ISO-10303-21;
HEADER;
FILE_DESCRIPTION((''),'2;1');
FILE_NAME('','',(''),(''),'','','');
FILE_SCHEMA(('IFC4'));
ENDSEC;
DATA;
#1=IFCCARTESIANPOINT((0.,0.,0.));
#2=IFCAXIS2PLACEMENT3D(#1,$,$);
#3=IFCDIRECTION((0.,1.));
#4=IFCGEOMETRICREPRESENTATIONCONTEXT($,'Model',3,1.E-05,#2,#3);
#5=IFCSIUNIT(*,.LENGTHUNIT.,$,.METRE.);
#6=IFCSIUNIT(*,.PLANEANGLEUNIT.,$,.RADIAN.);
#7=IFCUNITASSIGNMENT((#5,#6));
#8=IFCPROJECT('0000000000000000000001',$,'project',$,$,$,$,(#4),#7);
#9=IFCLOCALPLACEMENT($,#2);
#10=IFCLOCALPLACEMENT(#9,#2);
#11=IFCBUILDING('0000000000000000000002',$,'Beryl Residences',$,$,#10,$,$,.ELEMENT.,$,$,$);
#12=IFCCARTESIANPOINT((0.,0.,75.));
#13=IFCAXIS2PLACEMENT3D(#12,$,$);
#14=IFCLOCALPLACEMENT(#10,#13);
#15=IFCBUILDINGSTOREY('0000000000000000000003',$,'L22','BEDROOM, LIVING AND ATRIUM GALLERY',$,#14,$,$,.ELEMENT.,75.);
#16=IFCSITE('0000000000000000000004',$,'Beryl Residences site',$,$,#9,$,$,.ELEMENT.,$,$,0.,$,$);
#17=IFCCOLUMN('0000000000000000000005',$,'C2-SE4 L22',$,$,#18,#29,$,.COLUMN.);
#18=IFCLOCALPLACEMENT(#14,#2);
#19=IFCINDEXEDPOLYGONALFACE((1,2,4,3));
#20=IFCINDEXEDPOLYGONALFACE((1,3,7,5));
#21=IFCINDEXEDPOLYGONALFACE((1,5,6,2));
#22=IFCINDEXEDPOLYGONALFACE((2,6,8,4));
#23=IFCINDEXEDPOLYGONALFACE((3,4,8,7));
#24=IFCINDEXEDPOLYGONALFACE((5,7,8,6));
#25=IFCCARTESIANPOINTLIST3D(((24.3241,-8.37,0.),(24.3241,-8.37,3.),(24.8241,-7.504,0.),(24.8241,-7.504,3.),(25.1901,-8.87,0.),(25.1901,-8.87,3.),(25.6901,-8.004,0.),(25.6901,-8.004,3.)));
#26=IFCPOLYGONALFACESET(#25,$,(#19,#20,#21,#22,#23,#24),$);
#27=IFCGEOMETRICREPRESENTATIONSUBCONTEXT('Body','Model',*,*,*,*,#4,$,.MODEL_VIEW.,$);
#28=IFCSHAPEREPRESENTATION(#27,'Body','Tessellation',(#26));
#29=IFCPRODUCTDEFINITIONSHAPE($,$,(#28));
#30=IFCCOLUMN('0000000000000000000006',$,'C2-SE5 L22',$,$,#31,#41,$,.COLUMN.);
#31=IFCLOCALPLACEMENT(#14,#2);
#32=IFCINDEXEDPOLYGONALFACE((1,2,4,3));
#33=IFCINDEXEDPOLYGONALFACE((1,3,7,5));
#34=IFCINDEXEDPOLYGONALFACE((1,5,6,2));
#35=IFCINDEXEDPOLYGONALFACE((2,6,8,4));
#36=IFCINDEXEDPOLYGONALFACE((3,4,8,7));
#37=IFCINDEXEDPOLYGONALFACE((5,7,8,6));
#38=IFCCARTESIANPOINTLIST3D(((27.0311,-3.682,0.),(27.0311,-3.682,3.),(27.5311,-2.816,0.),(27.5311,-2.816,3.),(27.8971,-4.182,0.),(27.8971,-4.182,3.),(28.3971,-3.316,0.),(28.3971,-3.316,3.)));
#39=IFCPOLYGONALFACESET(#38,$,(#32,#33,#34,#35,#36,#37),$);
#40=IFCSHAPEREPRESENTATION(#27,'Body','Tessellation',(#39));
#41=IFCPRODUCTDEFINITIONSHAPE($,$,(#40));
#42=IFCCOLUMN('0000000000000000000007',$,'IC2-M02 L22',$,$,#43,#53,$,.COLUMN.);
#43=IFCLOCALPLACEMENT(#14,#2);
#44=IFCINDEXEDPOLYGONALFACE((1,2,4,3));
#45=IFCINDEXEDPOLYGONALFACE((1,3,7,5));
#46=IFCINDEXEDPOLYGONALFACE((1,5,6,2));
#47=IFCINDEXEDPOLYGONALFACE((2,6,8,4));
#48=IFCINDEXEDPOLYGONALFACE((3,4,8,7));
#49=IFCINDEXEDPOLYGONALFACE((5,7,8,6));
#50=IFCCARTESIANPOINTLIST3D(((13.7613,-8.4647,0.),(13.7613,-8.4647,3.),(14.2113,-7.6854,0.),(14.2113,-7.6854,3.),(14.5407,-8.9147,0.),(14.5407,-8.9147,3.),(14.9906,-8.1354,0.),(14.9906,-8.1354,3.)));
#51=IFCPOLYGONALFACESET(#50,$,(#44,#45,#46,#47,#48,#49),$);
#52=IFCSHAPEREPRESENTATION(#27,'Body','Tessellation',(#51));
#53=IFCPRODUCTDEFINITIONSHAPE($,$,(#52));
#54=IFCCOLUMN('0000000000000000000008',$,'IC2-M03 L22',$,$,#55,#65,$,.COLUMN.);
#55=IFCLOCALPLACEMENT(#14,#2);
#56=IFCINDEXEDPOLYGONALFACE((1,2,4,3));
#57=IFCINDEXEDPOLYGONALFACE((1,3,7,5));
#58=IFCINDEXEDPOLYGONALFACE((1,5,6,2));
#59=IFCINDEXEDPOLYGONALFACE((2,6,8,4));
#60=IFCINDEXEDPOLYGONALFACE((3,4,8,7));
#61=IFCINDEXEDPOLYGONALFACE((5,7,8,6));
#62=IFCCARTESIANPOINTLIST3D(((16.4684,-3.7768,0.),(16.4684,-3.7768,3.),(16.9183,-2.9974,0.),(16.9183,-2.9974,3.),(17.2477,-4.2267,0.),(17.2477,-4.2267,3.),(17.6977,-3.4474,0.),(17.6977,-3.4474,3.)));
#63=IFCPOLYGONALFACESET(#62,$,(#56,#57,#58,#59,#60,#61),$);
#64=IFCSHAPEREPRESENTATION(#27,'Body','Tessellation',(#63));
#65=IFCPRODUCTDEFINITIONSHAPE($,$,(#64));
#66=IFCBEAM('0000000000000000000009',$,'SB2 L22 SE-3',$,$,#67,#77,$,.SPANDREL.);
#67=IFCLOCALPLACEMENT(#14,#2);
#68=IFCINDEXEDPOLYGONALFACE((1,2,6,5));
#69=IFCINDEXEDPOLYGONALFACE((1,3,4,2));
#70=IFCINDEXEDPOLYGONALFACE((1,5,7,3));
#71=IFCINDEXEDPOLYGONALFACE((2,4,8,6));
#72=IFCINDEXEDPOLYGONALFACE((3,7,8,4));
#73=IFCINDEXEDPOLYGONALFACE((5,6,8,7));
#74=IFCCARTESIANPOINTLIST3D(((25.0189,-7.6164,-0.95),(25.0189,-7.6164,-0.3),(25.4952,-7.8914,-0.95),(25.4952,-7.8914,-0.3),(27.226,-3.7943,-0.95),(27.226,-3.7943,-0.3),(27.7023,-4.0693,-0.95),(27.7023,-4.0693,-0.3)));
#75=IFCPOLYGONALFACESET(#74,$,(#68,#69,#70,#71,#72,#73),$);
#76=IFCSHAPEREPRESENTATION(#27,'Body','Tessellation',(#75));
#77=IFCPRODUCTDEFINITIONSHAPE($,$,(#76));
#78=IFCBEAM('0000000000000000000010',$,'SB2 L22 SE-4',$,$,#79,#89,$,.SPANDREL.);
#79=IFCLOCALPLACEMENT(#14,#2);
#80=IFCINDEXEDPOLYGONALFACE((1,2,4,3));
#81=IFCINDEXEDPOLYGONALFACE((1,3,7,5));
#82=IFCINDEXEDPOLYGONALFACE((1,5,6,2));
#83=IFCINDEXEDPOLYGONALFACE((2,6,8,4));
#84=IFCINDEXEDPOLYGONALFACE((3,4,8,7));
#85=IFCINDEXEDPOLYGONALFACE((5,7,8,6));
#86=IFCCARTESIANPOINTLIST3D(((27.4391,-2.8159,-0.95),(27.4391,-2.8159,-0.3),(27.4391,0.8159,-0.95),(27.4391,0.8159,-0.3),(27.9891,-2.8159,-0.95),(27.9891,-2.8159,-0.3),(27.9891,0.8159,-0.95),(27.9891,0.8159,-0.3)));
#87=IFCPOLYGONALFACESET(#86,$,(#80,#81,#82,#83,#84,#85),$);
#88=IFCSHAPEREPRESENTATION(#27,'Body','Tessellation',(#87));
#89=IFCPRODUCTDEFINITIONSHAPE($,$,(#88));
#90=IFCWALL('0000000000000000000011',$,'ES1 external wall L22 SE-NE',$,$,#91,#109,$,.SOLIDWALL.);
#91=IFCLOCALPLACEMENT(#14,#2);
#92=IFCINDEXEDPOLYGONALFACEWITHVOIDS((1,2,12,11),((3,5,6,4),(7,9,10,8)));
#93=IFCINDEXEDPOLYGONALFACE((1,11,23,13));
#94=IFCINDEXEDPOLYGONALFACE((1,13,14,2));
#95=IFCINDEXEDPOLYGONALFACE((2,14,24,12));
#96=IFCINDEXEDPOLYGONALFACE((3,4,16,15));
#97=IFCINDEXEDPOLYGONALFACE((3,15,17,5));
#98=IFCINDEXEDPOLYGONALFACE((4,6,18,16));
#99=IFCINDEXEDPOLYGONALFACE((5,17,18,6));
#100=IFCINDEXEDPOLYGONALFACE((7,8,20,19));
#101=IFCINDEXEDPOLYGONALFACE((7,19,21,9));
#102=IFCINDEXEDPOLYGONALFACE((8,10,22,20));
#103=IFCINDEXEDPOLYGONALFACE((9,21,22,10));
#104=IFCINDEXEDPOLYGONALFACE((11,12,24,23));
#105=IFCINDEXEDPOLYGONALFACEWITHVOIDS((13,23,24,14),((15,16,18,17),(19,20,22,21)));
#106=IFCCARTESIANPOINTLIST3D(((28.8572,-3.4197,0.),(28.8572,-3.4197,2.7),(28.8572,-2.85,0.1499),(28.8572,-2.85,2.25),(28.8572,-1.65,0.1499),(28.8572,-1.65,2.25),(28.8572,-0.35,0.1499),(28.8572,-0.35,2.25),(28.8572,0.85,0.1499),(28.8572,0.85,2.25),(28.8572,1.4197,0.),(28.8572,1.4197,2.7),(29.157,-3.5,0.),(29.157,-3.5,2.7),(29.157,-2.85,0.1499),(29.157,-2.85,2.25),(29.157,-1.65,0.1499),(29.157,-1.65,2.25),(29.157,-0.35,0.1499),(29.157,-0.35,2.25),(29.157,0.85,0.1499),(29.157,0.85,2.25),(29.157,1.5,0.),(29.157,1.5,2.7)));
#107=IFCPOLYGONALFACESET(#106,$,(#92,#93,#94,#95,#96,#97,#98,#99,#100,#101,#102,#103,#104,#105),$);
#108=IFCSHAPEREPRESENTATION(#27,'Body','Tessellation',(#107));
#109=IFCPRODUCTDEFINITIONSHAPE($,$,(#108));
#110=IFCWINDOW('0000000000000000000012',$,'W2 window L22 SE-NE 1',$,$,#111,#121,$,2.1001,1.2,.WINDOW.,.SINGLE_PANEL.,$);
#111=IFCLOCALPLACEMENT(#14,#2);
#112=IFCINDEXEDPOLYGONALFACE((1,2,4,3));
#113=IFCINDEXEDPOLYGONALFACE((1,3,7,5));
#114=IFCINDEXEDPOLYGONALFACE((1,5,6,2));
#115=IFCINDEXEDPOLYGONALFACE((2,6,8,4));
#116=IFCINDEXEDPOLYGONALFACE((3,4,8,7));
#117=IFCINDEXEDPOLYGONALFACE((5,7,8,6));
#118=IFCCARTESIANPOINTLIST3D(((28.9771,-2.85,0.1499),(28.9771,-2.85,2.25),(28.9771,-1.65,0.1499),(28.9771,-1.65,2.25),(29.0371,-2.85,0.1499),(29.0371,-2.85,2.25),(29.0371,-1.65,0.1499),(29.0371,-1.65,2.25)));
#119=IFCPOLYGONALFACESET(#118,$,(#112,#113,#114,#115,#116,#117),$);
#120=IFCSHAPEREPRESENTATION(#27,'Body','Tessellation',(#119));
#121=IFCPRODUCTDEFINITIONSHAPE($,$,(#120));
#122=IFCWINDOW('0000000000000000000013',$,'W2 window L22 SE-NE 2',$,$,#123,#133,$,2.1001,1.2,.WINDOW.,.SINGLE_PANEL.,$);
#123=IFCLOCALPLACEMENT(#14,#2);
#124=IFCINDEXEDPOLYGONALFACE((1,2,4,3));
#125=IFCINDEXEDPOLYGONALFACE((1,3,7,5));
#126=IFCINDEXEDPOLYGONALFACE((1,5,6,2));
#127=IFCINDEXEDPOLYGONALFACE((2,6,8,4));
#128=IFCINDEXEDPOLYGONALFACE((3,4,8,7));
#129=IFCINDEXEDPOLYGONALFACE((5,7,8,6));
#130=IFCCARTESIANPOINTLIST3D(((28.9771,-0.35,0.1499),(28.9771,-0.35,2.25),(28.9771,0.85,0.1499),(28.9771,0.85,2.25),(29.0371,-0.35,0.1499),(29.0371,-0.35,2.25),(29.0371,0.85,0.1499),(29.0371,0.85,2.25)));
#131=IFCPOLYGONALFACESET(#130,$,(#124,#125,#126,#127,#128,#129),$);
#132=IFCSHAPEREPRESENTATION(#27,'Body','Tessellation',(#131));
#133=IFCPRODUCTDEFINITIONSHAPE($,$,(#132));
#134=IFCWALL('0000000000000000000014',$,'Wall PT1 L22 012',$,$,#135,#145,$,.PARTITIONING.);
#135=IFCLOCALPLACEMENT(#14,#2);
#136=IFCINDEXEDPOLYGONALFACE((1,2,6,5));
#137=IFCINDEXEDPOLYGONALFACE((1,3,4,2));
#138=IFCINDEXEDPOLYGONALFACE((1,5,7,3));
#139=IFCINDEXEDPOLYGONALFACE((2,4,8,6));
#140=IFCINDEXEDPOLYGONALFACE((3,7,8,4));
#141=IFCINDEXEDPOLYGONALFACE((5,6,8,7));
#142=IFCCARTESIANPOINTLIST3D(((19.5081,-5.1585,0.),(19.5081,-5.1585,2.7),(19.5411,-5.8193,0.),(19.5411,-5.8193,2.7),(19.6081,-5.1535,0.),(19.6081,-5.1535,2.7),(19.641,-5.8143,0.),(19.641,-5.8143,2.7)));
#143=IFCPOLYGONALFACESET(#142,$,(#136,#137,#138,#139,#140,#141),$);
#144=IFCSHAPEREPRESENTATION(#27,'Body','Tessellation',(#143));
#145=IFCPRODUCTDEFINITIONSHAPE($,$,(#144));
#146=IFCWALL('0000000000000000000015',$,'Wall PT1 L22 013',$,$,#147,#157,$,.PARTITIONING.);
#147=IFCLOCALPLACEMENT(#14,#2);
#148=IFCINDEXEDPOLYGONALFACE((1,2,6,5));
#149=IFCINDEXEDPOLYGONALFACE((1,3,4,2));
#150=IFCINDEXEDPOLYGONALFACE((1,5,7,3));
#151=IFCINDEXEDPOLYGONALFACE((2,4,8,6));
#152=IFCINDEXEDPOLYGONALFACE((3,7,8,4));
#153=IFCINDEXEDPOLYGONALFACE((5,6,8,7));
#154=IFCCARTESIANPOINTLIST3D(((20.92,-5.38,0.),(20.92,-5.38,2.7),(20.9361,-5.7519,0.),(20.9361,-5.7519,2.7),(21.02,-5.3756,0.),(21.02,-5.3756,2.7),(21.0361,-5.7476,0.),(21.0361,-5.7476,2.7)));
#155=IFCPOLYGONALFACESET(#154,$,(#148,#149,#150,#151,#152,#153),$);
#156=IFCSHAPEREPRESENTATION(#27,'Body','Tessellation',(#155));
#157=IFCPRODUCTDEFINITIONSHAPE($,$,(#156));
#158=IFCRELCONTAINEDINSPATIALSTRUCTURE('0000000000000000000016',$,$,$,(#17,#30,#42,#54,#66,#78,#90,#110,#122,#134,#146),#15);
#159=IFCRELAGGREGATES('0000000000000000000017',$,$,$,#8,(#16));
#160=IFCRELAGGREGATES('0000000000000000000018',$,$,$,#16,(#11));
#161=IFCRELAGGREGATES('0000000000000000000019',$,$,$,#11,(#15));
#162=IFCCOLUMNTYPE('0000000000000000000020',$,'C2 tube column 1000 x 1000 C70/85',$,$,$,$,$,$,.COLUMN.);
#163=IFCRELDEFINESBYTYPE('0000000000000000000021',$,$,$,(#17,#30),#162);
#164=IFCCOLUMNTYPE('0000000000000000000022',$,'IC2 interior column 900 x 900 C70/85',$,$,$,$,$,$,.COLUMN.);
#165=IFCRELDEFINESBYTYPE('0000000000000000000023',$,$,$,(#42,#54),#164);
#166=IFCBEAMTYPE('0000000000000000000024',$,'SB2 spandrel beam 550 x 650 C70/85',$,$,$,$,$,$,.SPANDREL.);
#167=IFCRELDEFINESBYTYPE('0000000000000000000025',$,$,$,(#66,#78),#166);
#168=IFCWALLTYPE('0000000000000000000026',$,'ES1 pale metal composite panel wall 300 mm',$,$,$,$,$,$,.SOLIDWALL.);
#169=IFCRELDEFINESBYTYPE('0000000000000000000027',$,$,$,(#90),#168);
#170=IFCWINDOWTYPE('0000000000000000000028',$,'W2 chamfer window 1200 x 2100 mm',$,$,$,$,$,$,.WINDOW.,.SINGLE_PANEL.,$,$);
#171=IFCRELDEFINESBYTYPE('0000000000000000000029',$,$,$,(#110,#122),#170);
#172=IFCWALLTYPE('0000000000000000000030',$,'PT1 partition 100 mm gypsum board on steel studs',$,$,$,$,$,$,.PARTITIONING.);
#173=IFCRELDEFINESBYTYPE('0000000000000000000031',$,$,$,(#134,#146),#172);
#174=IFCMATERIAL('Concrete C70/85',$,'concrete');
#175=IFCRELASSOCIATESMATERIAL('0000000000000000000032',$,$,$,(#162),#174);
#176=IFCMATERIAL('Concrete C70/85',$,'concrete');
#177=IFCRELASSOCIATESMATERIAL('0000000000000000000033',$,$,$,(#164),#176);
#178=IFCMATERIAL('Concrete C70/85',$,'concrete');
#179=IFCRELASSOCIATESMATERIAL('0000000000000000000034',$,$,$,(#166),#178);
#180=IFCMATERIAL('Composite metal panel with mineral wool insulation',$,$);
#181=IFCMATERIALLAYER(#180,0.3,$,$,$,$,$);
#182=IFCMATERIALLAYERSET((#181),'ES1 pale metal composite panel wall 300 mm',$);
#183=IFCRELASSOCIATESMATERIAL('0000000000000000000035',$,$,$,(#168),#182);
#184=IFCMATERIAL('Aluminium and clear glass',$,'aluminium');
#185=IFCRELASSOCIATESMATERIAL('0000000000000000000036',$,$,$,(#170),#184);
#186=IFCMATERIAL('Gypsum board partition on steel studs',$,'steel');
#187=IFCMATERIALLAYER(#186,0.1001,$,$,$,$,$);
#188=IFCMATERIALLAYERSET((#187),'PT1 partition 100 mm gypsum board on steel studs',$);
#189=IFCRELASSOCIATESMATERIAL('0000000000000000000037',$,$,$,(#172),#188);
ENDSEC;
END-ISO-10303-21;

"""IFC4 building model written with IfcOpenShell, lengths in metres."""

from ifc_helpers import new_model, si_unit, direction, frame, frame_2d, origin, origin_2d, place, context, subcontext, project, spatial, polyline, rectangle, outline, extrude, material, layer, layer_set, material_profile, profile_set, type_object, element, fill, save


model = new_model("IFC4")

# Units and contexts
model_context = context("Model", 3, precision=1e-05, world=origin(), true_north=direction((0.0, 1.0)))
body_context = subcontext(model_context, "Body", "Model", "MODEL_VIEW")
ifc_project = project(units=[si_unit("LENGTHUNIT", "METRE"), si_unit("PLANEANGLEUNIT", "RADIAN")], contexts=[model_context])

# Site, building, storey
site_placement = place(None, origin())
site = spatial("IfcSite", under=ifc_project, at=site_placement, Name="Beryl Residences site", CompositionType="ELEMENT", RefElevation=0.0)
building_placement = place(site_placement, origin())
building = spatial("IfcBuilding", under=site, at=building_placement, Name="Beryl Residences", CompositionType="ELEMENT")
storey_placement = place(building_placement, frame((0.0, 0.0, 75.0)))
storey = spatial("IfcBuildingStorey", under=building, at=storey_placement, Name="L22", Description="BEDROOM, LIVING AND ATRIUM GALLERY", CompositionType="ELEMENT", Elevation=75.0)

# Columns
ifc_material_1 = material(Name="Concrete C70/85", Category="concrete")
ifc_material_profile_1 = material_profile(ifc_material_1, rectangle(XDim=1.0, YDim=1.0, at=origin_2d()))
ifc_profile_set_1 = profile_set([ifc_material_profile_1], Name="Concrete C70/85")
column_type_1 = type_object("IfcColumnType", Name="C2 tube column 1000 x 1000 C70/85", PredefinedType="COLUMN", material=ifc_profile_set_1)
for number, where, z_axis, x_axis, name in (
    (1, (25.0071, -8.187, 0.0), (0.0, 0.0, 1.0), (0.5, 0.866025, 0.0), "C2-SE4 L22"),
    (2, (27.7141, -3.499, 0.0), (0.0, 0.0, 1.0), (0.5, 0.866025, 0.0), "C2-SE5 L22"),
):
    element("IfcColumn", number, at=place(storey_placement, frame(where, z_axis=z_axis, x_axis=x_axis)), inside=storey, type_object=column_type_1, Name=name, PredefinedType="COLUMN", context=body_context, shape_type="SweptSolid", body=[
        extrude(rectangle(XDim=1.0, YDim=1.0, at=origin_2d()), origin(), (0.0, 0.0, 1.0), 3.0),
    ])
ifc_material_2 = material(Name="Concrete C70/85", Category="concrete")
ifc_material_profile_2 = material_profile(ifc_material_2, rectangle(XDim=0.8999, YDim=0.8999, at=origin_2d()))
ifc_profile_set_2 = profile_set([ifc_material_profile_2], Name="Concrete C70/85")
column_type_2 = type_object("IfcColumnType", Name="IC2 interior column 900 x 900 C70/85", PredefinedType="COLUMN", material=ifc_profile_set_2)
for number, where, z_axis, x_axis, name in (
    (3, (14.376, -8.3, 0.0), (0.0, 0.0, 1.0), (0.5, 0.866025, 0.0), "IC2-M02 L22"),
    (4, (17.083, -3.6121, 0.0), (0.0, 0.0, 1.0), (0.5, 0.866025, 0.0), "IC2-M03 L22"),
):
    element("IfcColumn", number, at=place(storey_placement, frame(where, z_axis=z_axis, x_axis=x_axis)), inside=storey, type_object=column_type_2, Name=name, PredefinedType="COLUMN", context=body_context, shape_type="SweptSolid", body=[
        extrude(rectangle(XDim=0.8999, YDim=0.8999, at=origin_2d()), origin(), (0.0, 0.0, 1.0), 3.0),
    ])

# Beams
ifc_material_3 = material(Name="Concrete C70/85", Category="concrete")
ifc_material_profile_3 = material_profile(ifc_material_3, rectangle(XDim=0.55, YDim=0.6499, at=origin_2d()))
ifc_profile_set_3 = profile_set([ifc_material_profile_3], Name="Concrete C70/85")
beam_type = type_object("IfcBeamType", Name="SB2 spandrel beam 550 x 650 C70/85", PredefinedType="SPANDREL", material=ifc_profile_set_3)
beam_1_placement = place(storey_placement, frame((25.2571, -7.7539, -0.625), z_axis=(0.500066, 0.865988, 0.0), x_axis=(-0.865988, 0.500066, 0.0)))
element("IfcBeam", 5, at=beam_1_placement, inside=storey, type_object=beam_type, Name="SB2 L22 SE-3", PredefinedType="SPANDREL", context=body_context, shape_type="SweptSolid", body=[
    extrude(rectangle(XDim=0.55, YDim=0.6499, at=origin_2d()), origin(), (0.0, 0.0, 1.0), 4.4136),
])
beam_2_placement = place(storey_placement, frame((27.7141, -2.8159, -0.625), z_axis=(0.0, 1.0, 0.0), x_axis=(-1.0, 0.0, 0.0)))
element("IfcBeam", 6, at=beam_2_placement, inside=storey, type_object=beam_type, Name="SB2 L22 SE-4", PredefinedType="SPANDREL", context=body_context, shape_type="SweptSolid", body=[
    extrude(rectangle(XDim=0.55, YDim=0.6499, at=origin_2d()), origin(), (0.0, 0.0, 1.0), 3.6318),
])

# Wall, openings, windows
ifc_material_4 = material(Name="Composite metal panel with mineral wool insulation")
ifc_layer_1 = layer(ifc_material_4, 0.3)
ifc_layer_set_1 = layer_set([ifc_layer_1], Name="ES1 pale metal composite panel wall 300 mm")
wall_type_1 = type_object("IfcWallType", Name="ES1 pale metal composite panel wall 300 mm", PredefinedType="SOLIDWALL", material=ifc_layer_set_1)
wall_1_placement = place(storey_placement, frame((29.0071, -3.5, 0.0), z_axis=(0.0, 0.0, 1.0), x_axis=(0.0, 1.0, 0.0)))
wall_1 = element("IfcWall", 7, at=wall_1_placement, inside=storey, type_object=wall_type_1, Name="ES1 external wall L22 SE-NE", PredefinedType="SOLIDWALL", context=body_context, shape_type="SweptSolid", body=[
    extrude(outline(polyline([(0.0, -0.1499), (5.0, -0.1499), (4.9197, 0.1499), (0.0803, 0.1499), (0.0, -0.1499)])), origin(), (0.0, 0.0, 1.0), 2.7),
])
opening_1_placement = place(wall_1_placement, frame((0.6499, 0.0, 0.1499)))
opening_1 = element("IfcOpeningElement", 8, at=opening_1_placement, cuts=wall_1, PredefinedType="OPENING", context=body_context, shape_type="SweptSolid", body=[
    extrude(rectangle(XDim=1.2, YDim=2.1001, at=frame_2d((0.6001, 1.05))), frame((0.0, 0.1599, 0.0), z_axis=(0.0, -1.0, 0.0), x_axis=(1.0, 0.0, 0.0)), (0.0, 0.0, 1.0), 0.3201),
])
opening_2_placement = place(wall_1_placement, frame((3.1499, 0.0, 0.1499)))
opening_2 = element("IfcOpeningElement", 9, at=opening_2_placement, cuts=wall_1, PredefinedType="OPENING", context=body_context, shape_type="SweptSolid", body=[
    extrude(rectangle(XDim=1.2, YDim=2.1001, at=frame_2d((0.6001, 1.05))), frame((0.0, 0.1599, 0.0), z_axis=(0.0, -1.0, 0.0), x_axis=(1.0, 0.0, 0.0)), (0.0, 0.0, 1.0), 0.3201),
])
ifc_material_5 = material(Name="Aluminium and clear glass", Category="aluminium")
window_type = type_object("IfcWindowType", Name="W2 chamfer window 1200 x 2100 mm", PartitioningType="SINGLE_PANEL", PredefinedType="WINDOW", material=ifc_material_5)
window_1_placement = place(opening_1_placement, origin())
window_1 = element("IfcWindow", 10, at=window_1_placement, inside=storey, type_object=window_type, Name="W2 window L22 SE-NE 1", OverallHeight=2.1001, OverallWidth=1.2, PartitioningType="SINGLE_PANEL", PredefinedType="WINDOW", context=body_context, shape_type="SweptSolid", body=[
    extrude(rectangle(XDim=1.2, YDim=2.1001, at=frame_2d((0.6001, 1.05))), frame((0.0, 0.03, 0.0), z_axis=(0.0, -1.0, 0.0), x_axis=(1.0, 0.0, 0.0)), (0.0, 0.0, 1.0), 0.0601),
])
fill(opening_1, window_1)
window_2_placement = place(opening_2_placement, origin())
window_2 = element("IfcWindow", 11, at=window_2_placement, inside=storey, type_object=window_type, Name="W2 window L22 SE-NE 2", OverallHeight=2.1001, OverallWidth=1.2, PartitioningType="SINGLE_PANEL", PredefinedType="WINDOW", context=body_context, shape_type="SweptSolid", body=[
    extrude(rectangle(XDim=1.2, YDim=2.1001, at=frame_2d((0.6001, 1.05))), frame((0.0, 0.03, 0.0), z_axis=(0.0, -1.0, 0.0), x_axis=(1.0, 0.0, 0.0)), (0.0, 0.0, 1.0), 0.0601),
])
fill(opening_2, window_2)

# Walls
ifc_material_6 = material(Name="Gypsum board partition on steel studs", Category="steel")
ifc_layer_2 = layer(ifc_material_6, 0.1001)
ifc_layer_set_2 = layer_set([ifc_layer_2], Name="PT1 partition 100 mm gypsum board on steel studs")
wall_type_2 = type_object("IfcWallType", Name="PT1 partition 100 mm gypsum board on steel studs", PredefinedType="PARTITIONING", material=ifc_layer_set_2)
wall_2_placement = place(storey_placement, frame((19.5581, -5.156, 0.0), z_axis=(0.0, 0.0, 1.0), x_axis=(0.049809, -0.998759, 0.0)))
element("IfcWall", 12, at=wall_2_placement, inside=storey, type_object=wall_type_2, Name="Wall PT1 L22 012", PredefinedType="PARTITIONING", context=body_context, shape_type="SweptSolid", body=[
    extrude(rectangle(XDim=0.6616, YDim=0.1001, at=frame_2d((0.3308, 0.0))), origin(), (0.0, 0.0, 1.0), 2.7),
])
wall_3_placement = place(storey_placement, frame((20.97, -5.3779, 0.0), z_axis=(0.0, 0.0, 1.0), x_axis=(0.043267, -0.999064, 0.0)))
element("IfcWall", 13, at=wall_3_placement, inside=storey, type_object=wall_type_2, Name="Wall PT1 L22 013", PredefinedType="PARTITIONING", context=body_context, shape_type="SweptSolid", body=[
    extrude(rectangle(XDim=0.3723, YDim=0.1001, at=frame_2d((0.186, 0.0))), origin(), (0.0, 0.0, 1.0), 2.7),
])

save(model, "model.ifc")
